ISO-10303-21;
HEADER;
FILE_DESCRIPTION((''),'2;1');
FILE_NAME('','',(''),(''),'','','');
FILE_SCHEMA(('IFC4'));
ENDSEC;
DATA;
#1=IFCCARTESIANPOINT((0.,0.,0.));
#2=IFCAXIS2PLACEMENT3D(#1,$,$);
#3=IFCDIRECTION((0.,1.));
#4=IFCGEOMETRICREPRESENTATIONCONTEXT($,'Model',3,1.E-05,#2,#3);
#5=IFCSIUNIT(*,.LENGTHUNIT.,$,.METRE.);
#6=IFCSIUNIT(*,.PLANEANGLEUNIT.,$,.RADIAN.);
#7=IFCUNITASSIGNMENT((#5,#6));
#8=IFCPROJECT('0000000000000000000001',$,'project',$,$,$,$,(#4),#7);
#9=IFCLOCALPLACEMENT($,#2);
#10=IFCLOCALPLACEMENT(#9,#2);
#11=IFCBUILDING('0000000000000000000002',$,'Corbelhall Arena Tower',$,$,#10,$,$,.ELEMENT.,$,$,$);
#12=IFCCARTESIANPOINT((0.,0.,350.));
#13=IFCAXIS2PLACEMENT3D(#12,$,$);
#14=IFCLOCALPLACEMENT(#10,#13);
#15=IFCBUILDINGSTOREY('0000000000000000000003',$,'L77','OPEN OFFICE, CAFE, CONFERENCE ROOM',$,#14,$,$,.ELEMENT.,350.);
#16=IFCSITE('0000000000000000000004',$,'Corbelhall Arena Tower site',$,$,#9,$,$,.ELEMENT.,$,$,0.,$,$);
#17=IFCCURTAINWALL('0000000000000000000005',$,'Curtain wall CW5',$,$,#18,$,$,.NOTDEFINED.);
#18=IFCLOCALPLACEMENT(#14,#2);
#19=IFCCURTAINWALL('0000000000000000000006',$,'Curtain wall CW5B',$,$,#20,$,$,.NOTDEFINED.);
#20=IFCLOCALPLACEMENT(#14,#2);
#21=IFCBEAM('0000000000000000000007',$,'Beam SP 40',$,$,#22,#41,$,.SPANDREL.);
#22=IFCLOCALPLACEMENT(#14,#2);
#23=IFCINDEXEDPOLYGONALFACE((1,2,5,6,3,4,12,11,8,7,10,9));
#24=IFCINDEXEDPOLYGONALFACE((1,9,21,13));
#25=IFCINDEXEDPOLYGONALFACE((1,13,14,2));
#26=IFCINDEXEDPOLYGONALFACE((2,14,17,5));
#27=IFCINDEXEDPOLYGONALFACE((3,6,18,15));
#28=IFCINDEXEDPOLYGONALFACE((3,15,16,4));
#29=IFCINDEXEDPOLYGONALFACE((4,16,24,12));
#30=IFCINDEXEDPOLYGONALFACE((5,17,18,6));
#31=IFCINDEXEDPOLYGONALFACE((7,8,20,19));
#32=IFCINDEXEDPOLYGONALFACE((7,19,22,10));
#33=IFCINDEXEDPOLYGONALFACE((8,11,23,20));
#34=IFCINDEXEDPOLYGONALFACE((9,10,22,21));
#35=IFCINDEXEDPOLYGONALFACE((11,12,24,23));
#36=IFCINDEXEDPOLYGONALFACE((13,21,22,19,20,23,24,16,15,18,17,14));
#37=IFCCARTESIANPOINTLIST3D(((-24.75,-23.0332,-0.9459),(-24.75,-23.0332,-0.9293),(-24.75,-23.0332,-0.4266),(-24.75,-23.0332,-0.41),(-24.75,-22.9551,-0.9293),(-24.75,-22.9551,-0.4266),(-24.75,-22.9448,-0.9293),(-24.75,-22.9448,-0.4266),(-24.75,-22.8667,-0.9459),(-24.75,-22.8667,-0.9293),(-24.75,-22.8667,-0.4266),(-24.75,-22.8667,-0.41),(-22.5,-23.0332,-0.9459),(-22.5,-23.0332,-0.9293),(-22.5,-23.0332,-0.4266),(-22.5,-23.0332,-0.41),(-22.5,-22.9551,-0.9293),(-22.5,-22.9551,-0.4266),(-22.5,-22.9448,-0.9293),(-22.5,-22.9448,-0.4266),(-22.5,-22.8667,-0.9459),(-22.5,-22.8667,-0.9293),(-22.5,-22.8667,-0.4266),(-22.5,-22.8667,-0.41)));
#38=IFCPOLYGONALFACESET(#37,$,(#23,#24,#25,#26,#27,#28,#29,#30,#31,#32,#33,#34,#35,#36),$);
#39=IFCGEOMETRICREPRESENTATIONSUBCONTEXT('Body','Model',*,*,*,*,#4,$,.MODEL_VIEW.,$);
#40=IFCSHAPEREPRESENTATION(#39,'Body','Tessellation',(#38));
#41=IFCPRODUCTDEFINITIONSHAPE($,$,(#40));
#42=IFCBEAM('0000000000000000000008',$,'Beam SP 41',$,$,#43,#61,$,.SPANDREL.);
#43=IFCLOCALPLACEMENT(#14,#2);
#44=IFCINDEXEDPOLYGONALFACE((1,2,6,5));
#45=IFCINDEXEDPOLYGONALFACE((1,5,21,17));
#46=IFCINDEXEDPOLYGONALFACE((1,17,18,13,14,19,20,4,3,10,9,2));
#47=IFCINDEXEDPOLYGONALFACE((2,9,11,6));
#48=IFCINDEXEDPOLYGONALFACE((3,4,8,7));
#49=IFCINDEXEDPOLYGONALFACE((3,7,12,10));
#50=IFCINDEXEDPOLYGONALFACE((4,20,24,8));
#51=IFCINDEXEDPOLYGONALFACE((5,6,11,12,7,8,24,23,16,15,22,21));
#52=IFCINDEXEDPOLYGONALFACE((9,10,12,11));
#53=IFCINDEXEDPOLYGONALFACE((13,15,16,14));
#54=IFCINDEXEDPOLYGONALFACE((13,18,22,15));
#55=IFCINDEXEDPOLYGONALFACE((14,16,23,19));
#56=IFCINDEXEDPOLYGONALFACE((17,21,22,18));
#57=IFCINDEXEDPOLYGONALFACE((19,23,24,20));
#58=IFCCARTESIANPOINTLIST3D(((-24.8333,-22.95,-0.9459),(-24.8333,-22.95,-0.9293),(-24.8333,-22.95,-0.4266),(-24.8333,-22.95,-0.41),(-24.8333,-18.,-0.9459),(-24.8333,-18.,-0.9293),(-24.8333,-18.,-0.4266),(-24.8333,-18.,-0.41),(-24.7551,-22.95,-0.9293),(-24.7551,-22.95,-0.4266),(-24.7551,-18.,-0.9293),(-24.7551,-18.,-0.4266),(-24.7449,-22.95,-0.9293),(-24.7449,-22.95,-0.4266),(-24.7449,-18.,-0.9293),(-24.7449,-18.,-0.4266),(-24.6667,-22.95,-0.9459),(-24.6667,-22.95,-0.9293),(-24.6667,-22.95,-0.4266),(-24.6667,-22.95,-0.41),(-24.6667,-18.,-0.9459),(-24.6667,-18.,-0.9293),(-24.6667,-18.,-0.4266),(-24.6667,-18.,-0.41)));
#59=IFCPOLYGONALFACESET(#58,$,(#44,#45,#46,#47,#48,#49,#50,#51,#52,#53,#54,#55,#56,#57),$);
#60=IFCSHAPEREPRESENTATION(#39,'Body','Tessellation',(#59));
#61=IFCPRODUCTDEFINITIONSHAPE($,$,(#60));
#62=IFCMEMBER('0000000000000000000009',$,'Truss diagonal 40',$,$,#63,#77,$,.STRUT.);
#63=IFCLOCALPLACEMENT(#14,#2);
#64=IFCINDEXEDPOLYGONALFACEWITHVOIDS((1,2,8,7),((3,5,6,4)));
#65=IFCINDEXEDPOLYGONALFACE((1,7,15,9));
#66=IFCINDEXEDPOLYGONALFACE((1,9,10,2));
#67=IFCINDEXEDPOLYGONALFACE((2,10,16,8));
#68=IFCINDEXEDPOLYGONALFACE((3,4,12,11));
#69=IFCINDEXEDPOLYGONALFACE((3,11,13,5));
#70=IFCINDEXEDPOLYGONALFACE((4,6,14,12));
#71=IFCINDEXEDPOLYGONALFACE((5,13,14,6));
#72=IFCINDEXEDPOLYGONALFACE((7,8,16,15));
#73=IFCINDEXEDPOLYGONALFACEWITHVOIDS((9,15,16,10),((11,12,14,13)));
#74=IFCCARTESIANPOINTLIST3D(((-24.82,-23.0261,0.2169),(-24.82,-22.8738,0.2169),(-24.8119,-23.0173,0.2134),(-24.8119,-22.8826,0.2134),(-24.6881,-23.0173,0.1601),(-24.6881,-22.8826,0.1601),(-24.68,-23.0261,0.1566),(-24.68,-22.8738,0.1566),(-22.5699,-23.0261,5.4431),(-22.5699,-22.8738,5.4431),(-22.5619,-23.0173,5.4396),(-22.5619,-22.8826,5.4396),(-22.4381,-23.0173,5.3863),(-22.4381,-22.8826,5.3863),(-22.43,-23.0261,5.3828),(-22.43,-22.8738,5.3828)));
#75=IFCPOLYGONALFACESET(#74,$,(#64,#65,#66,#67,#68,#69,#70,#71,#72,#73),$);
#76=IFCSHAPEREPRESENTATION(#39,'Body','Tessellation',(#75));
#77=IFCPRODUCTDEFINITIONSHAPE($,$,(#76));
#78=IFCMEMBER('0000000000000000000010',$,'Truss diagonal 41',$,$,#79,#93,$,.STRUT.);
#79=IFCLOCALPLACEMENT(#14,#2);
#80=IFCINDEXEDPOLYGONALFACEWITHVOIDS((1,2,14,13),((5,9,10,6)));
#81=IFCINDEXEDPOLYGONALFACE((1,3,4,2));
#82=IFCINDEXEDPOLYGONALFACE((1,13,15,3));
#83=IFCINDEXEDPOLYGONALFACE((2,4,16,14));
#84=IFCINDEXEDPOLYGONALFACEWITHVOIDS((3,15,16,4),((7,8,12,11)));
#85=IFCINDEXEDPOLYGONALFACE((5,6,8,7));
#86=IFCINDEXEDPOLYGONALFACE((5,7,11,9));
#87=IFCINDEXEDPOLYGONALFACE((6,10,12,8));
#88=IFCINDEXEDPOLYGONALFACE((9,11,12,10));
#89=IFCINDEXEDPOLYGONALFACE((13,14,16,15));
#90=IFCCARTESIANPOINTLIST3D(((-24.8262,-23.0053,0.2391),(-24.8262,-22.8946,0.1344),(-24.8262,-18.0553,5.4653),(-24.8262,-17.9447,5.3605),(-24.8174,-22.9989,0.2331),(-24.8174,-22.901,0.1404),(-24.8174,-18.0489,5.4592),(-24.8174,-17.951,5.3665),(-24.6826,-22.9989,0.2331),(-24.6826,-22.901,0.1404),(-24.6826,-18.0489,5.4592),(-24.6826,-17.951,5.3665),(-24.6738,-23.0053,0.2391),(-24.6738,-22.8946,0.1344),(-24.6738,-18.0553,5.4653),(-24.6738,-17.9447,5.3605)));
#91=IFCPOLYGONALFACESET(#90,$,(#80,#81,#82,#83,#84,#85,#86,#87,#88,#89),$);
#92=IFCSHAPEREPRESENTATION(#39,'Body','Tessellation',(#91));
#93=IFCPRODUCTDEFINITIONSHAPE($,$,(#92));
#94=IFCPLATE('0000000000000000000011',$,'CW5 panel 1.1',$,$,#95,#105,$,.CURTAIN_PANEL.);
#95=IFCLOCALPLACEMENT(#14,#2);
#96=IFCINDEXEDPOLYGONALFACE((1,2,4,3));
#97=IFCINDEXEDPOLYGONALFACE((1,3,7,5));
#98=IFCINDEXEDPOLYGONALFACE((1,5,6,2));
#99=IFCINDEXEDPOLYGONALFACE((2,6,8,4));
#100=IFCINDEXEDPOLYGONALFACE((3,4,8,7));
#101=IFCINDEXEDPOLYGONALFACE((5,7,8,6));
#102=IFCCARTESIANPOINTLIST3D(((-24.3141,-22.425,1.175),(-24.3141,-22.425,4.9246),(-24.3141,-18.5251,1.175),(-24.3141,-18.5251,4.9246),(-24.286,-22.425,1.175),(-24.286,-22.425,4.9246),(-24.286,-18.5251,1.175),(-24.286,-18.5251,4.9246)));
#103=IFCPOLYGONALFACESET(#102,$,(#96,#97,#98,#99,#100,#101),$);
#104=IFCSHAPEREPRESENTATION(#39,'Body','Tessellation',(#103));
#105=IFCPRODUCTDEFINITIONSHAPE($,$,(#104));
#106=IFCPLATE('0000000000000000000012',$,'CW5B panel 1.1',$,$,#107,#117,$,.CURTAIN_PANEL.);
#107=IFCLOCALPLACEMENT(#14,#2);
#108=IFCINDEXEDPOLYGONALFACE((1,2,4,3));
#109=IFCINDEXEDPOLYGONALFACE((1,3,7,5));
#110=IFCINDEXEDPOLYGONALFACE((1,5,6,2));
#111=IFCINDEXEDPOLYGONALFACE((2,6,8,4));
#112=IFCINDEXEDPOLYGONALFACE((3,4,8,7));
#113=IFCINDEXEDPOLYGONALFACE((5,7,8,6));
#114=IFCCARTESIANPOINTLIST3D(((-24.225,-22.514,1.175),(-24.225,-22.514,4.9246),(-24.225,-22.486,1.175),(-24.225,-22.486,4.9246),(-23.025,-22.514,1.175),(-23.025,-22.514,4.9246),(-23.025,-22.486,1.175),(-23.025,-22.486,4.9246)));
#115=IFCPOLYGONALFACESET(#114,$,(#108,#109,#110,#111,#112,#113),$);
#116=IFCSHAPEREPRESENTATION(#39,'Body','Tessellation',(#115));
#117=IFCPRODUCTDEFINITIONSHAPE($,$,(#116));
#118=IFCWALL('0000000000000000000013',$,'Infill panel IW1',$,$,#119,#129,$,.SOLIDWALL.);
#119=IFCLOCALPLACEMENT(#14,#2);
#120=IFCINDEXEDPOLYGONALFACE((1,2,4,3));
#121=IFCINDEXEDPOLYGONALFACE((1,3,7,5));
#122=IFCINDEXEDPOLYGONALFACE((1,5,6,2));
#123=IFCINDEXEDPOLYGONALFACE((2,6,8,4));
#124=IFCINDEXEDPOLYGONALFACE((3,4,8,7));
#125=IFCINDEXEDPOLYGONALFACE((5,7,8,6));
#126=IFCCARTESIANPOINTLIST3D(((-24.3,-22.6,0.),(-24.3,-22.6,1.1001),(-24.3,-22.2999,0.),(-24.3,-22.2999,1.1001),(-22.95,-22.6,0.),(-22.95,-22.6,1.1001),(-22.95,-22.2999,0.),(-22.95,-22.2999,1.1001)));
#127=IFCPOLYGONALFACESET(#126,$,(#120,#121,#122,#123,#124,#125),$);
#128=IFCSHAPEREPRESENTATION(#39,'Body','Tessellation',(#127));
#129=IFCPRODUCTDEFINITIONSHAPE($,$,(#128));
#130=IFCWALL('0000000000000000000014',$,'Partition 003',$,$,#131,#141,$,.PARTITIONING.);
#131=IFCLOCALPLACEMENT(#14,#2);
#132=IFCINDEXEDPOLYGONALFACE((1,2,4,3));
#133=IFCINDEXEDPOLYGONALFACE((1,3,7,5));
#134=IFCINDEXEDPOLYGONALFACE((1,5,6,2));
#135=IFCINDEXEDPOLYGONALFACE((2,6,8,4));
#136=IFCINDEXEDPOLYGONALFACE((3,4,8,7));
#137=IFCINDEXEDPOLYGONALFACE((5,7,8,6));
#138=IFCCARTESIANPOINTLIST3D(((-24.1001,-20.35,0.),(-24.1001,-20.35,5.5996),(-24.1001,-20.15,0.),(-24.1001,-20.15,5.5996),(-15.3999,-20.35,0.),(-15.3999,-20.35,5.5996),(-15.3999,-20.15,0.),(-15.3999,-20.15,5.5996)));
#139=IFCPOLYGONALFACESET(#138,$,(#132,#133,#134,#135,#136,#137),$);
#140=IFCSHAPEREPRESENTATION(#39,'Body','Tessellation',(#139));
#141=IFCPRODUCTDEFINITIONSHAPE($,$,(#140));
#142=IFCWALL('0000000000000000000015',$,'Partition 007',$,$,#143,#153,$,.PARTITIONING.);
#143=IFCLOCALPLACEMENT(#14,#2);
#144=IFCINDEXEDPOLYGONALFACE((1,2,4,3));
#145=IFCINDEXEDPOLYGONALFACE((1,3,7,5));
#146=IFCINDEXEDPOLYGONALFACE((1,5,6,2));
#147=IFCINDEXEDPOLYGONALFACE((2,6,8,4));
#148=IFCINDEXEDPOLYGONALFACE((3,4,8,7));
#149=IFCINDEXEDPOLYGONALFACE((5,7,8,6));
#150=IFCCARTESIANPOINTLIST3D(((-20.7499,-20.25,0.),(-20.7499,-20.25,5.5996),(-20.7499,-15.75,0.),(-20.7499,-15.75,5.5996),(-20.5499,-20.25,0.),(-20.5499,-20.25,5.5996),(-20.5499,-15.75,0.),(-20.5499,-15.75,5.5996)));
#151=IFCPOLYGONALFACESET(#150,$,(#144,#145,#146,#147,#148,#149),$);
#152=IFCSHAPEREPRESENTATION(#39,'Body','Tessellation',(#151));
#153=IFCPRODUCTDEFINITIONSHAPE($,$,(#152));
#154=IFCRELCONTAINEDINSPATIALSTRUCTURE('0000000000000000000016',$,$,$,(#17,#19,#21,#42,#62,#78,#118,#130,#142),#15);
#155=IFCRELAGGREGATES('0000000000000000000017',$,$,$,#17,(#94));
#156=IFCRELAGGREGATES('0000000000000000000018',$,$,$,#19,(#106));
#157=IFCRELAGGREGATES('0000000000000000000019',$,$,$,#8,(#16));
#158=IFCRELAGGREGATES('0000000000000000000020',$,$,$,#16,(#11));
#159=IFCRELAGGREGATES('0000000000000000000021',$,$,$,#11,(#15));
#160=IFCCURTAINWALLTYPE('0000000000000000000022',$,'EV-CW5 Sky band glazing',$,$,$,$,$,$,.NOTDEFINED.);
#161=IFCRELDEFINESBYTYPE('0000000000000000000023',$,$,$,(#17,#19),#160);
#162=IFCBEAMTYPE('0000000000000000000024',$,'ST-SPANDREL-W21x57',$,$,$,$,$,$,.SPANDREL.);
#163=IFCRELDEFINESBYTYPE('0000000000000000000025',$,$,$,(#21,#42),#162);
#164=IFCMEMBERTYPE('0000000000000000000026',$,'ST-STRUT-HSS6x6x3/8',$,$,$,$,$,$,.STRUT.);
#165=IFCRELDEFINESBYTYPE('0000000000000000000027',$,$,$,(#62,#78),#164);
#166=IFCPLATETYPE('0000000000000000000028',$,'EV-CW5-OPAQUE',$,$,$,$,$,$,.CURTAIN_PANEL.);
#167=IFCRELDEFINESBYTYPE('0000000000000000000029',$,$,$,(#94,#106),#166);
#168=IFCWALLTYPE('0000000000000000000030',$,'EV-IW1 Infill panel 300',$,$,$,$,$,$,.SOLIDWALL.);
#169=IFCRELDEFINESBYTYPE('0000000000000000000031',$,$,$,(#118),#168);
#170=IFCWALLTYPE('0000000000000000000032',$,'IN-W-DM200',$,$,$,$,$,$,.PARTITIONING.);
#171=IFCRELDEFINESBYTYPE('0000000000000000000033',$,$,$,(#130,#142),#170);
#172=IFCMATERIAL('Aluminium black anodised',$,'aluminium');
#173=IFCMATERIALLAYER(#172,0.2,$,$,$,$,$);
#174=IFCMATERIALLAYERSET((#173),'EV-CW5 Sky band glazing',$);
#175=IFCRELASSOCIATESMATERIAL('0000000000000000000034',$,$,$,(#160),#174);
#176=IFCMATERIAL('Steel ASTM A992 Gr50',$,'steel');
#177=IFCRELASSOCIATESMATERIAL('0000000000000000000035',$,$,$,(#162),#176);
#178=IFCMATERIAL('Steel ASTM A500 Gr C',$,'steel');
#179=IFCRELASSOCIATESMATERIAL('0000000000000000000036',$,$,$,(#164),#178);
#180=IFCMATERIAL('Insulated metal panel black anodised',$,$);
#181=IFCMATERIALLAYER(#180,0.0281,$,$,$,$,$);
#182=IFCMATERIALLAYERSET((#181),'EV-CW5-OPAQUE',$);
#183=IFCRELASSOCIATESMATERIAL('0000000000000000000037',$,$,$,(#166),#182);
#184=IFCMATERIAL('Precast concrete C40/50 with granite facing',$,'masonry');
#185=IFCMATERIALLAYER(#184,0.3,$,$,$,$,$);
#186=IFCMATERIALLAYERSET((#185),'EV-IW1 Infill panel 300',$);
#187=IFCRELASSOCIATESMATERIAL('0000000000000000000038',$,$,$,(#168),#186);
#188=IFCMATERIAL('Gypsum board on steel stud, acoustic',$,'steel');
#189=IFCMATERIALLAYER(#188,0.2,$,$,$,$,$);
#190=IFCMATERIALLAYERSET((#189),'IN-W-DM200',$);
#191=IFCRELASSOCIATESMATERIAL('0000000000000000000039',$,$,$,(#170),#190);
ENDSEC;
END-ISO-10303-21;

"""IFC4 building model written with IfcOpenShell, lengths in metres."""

from ifc_helpers import new_model, si_unit, direction, frame, frame_2d, origin, origin_2d, place, context, subcontext, project, spatial, rectangle, hollow_rectangle, i_section, extrude, material, layer, layer_set, material_profile, profile_set, type_object, element, aggregate, save


model = new_model("IFC4")

# Units and contexts
model_context = context("Model", 3, precision=1e-05, world=origin(), true_north=direction((0.0, 1.0)))
body_context = subcontext(model_context, "Body", "Model", "MODEL_VIEW")
ifc_project = project(units=[si_unit("LENGTHUNIT", "METRE"), si_unit("PLANEANGLEUNIT", "RADIAN")], contexts=[model_context])

# Site, building, storey
site_placement = place(None, origin())
site = spatial("IfcSite", under=ifc_project, at=site_placement, Name="Corbelhall Arena Tower site", CompositionType="ELEMENT", RefElevation=0.0)
building_placement = place(site_placement, origin())
building = spatial("IfcBuilding", under=site, at=building_placement, Name="Corbelhall Arena Tower", CompositionType="ELEMENT")
storey_placement = place(building_placement, frame((0.0, 0.0, 350.0)))
storey = spatial("IfcBuildingStorey", under=building, at=storey_placement, Name="L77", Description="OPEN OFFICE, CAFE, CONFERENCE ROOM", CompositionType="ELEMENT", Elevation=350.0)

# Curtain wall
ifc_material_1 = material(Name="Aluminium black anodised", Category="aluminium")
ifc_layer_1 = layer(ifc_material_1, 0.2)
ifc_layer_set_1 = layer_set([ifc_layer_1], Name="EV-CW5 Sky band glazing")
curtain_wall_type = type_object("IfcCurtainWallType", Name="EV-CW5 Sky band glazing", PredefinedType="NOTDEFINED", material=ifc_layer_set_1)
curtain_wall_1_placement = place(storey_placement, origin())
curtain_wall_1 = element("IfcCurtainWall", 1, at=curtain_wall_1_placement, inside=storey, type_object=curtain_wall_type, Name="Curtain wall CW5", PredefinedType="NOTDEFINED")

# Curtain wall
curtain_wall_2_placement = place(storey_placement, origin())
curtain_wall_2 = element("IfcCurtainWall", 2, at=curtain_wall_2_placement, inside=storey, type_object=curtain_wall_type, Name="Curtain wall CW5B", PredefinedType="NOTDEFINED")

# Shared definitions
ifc_material_2 = material(Name="Steel ASTM A992 Gr50", Category="steel")

# Beams
ifc_material_profile_1 = material_profile(ifc_material_2, i_section(OverallWidth=0.1665, OverallDepth=0.5359, WebThickness=0.0103, FlangeThickness=0.0166, at=origin_2d()))
ifc_profile_set_1 = profile_set([ifc_material_profile_1], Name="Steel ASTM A992 Gr50")
beam_type = type_object("IfcBeamType", Name="ST-SPANDREL-W21x57", PredefinedType="SPANDREL", material=ifc_profile_set_1)
beam_1_placement = place(storey_placement, frame((-22.5, -22.95, -0.678), z_axis=(-1.0, 0.0, 0.0), x_axis=(0.0, -1.0, 0.0)))
element("IfcBeam", 3, at=beam_1_placement, inside=storey, type_object=beam_type, Name="Beam SP 40", PredefinedType="SPANDREL", context=body_context, shape_type="SweptSolid", body=[
    extrude(i_section(OverallWidth=0.1665, OverallDepth=0.5359, WebThickness=0.0103, FlangeThickness=0.0166, at=origin_2d()), origin(), (0.0, 0.0, 1.0), 2.25),
])
beam_2_placement = place(storey_placement, frame((-24.75, -22.95, -0.678), z_axis=(0.0, 1.0, 0.0), x_axis=(-1.0, 0.0, 0.0)))
element("IfcBeam", 4, at=beam_2_placement, inside=storey, type_object=beam_type, Name="Beam SP 41", PredefinedType="SPANDREL", context=body_context, shape_type="SweptSolid", body=[
    extrude(i_section(OverallWidth=0.1665, OverallDepth=0.5359, WebThickness=0.0103, FlangeThickness=0.0166, at=origin_2d()), origin(), (0.0, 0.0, 1.0), 4.95),
])

# Members
ifc_material_3 = material(Name="Steel ASTM A500 Gr C", Category="steel")
ifc_material_profile_2 = material_profile(ifc_material_3, hollow_rectangle(XDim=0.1523, YDim=0.1523, WallThickness=0.0088, at=origin_2d()))
ifc_profile_set_2 = profile_set([ifc_material_profile_2], Name="Steel ASTM A500 Gr C")
member_type_1 = type_object("IfcMemberType", Name="ST-STRUT-HSS6x6x3/8", PredefinedType="STRUT", material=ifc_profile_set_2)
member_1_placement = place(storey_placement, frame((-24.75, -22.95, 0.1868), z_axis=(0.395441, 0.0, 0.918491), x_axis=(0.0, 1.0, 0.0)))
element("IfcMember", 5, at=member_1_placement, inside=storey, type_object=member_type_1, Name="Truss diagonal 40", PredefinedType="STRUT", context=body_context, shape_type="SweptSolid", body=[
    extrude(hollow_rectangle(XDim=0.1523, YDim=0.1523, WallThickness=0.0088, at=origin_2d()), origin(), (0.0, 0.0, 1.0), 5.6899),
])
member_2_placement = place(storey_placement, frame((-24.75, -22.95, 0.1868), z_axis=(0.0, 0.687667, 0.726027), x_axis=(-1.0, 0.0, 0.0)))
element("IfcMember", 6, at=member_2_placement, inside=storey, type_object=member_type_1, Name="Truss diagonal 41", PredefinedType="STRUT", context=body_context, shape_type="SweptSolid", body=[
    extrude(hollow_rectangle(XDim=0.1523, YDim=0.1523, WallThickness=0.0088, at=origin_2d()), origin(), (0.0, 0.0, 1.0), 7.1982),
])

# Plates
ifc_material_4 = material(Name="Insulated metal panel black anodised")
ifc_layer_2 = layer(ifc_material_4, 0.0281)
ifc_layer_set_2 = layer_set([ifc_layer_2], Name="EV-CW5-OPAQUE")
plate_type = type_object("IfcPlateType", Name="EV-CW5-OPAQUE", PredefinedType="CURTAIN_PANEL", material=ifc_layer_set_2)
plate_1_placement = place(storey_placement, frame((-24.3, -20.4751, 1.175), z_axis=(0.0, 0.0, 1.0), x_axis=(0.0, -1.0, 0.0)))
plate_1 = element("IfcPlate", 7, at=plate_1_placement, type_object=plate_type, Name="CW5 panel 1.1", PredefinedType="CURTAIN_PANEL", context=body_context, shape_type="SweptSolid", body=[
    extrude(rectangle(XDim=3.8999, YDim=0.0281, at=origin_2d()), origin(), (0.0, 0.0, 1.0), 3.7495),
])
aggregate(curtain_wall_1, [plate_1])
plate_2_placement = place(storey_placement, frame((-23.625, -22.5, 1.175), z_axis=(0.0, 0.0, 1.0), x_axis=(1.0, 0.0, 0.0)))
plate_2 = element("IfcPlate", 8, at=plate_2_placement, type_object=plate_type, Name="CW5B panel 1.1", PredefinedType="CURTAIN_PANEL", context=body_context, shape_type="SweptSolid", body=[
    extrude(rectangle(XDim=1.2, YDim=0.0281, at=origin_2d()), origin(), (0.0, 0.0, 1.0), 3.7495),
])
aggregate(curtain_wall_2, [plate_2])

# Walls
ifc_material_5 = material(Name="Precast concrete C40/50 with granite facing", Category="masonry")
ifc_layer_3 = layer(ifc_material_5, 0.3)
ifc_layer_set_3 = layer_set([ifc_layer_3], Name="EV-IW1 Infill panel 300")
wall_type_1 = type_object("IfcWallType", Name="EV-IW1 Infill panel 300", PredefinedType="SOLIDWALL", material=ifc_layer_set_3)
wall_1_placement = place(storey_placement, frame((-24.3, -22.45, 0.0), z_axis=(0.0, 0.0, 1.0), x_axis=(1.0, 0.0, 0.0)))
element("IfcWall", 9, at=wall_1_placement, inside=storey, type_object=wall_type_1, Name="Infill panel IW1", PredefinedType="SOLIDWALL", context=body_context, shape_type="SweptSolid", body=[
    extrude(rectangle(XDim=1.3501, YDim=0.3, at=frame_2d((0.675, 0.0))), origin(), (0.0, 0.0, 1.0), 1.1001),
])
ifc_material_6 = material(Name="Gypsum board on steel stud, acoustic", Category="steel")
ifc_layer_4 = layer(ifc_material_6, 0.2)
ifc_layer_set_4 = layer_set([ifc_layer_4], Name="IN-W-DM200")
wall_type_2 = type_object("IfcWallType", Name="IN-W-DM200", PredefinedType="PARTITIONING", material=ifc_layer_set_4)
wall_2_placement = place(storey_placement, frame((-24.1001, -20.25, 0.0), z_axis=(0.0, 0.0, 1.0), x_axis=(1.0, 0.0, 0.0)))
element("IfcWall", 10, at=wall_2_placement, inside=storey, type_object=wall_type_2, Name="Partition 003", PredefinedType="PARTITIONING", context=body_context, shape_type="SweptSolid", body=[
    extrude(rectangle(XDim=8.7002, YDim=0.2, at=frame_2d((4.3501, 0.0))), origin(), (0.0, 0.0, 1.0), 5.5996),
])
wall_3_placement = place(storey_placement, frame((-20.6499, -20.25, 0.0), z_axis=(0.0, 0.0, 1.0), x_axis=(0.0, 1.0, 0.0)))
element("IfcWall", 11, at=wall_3_placement, inside=storey, type_object=wall_type_2, Name="Partition 007", PredefinedType="PARTITIONING", context=body_context, shape_type="SweptSolid", body=[
    extrude(rectangle(XDim=4.5, YDim=0.2, at=frame_2d((2.25, 0.0))), origin(), (0.0, 0.0, 1.0), 5.5996),
])

save(model, "model.ifc")
